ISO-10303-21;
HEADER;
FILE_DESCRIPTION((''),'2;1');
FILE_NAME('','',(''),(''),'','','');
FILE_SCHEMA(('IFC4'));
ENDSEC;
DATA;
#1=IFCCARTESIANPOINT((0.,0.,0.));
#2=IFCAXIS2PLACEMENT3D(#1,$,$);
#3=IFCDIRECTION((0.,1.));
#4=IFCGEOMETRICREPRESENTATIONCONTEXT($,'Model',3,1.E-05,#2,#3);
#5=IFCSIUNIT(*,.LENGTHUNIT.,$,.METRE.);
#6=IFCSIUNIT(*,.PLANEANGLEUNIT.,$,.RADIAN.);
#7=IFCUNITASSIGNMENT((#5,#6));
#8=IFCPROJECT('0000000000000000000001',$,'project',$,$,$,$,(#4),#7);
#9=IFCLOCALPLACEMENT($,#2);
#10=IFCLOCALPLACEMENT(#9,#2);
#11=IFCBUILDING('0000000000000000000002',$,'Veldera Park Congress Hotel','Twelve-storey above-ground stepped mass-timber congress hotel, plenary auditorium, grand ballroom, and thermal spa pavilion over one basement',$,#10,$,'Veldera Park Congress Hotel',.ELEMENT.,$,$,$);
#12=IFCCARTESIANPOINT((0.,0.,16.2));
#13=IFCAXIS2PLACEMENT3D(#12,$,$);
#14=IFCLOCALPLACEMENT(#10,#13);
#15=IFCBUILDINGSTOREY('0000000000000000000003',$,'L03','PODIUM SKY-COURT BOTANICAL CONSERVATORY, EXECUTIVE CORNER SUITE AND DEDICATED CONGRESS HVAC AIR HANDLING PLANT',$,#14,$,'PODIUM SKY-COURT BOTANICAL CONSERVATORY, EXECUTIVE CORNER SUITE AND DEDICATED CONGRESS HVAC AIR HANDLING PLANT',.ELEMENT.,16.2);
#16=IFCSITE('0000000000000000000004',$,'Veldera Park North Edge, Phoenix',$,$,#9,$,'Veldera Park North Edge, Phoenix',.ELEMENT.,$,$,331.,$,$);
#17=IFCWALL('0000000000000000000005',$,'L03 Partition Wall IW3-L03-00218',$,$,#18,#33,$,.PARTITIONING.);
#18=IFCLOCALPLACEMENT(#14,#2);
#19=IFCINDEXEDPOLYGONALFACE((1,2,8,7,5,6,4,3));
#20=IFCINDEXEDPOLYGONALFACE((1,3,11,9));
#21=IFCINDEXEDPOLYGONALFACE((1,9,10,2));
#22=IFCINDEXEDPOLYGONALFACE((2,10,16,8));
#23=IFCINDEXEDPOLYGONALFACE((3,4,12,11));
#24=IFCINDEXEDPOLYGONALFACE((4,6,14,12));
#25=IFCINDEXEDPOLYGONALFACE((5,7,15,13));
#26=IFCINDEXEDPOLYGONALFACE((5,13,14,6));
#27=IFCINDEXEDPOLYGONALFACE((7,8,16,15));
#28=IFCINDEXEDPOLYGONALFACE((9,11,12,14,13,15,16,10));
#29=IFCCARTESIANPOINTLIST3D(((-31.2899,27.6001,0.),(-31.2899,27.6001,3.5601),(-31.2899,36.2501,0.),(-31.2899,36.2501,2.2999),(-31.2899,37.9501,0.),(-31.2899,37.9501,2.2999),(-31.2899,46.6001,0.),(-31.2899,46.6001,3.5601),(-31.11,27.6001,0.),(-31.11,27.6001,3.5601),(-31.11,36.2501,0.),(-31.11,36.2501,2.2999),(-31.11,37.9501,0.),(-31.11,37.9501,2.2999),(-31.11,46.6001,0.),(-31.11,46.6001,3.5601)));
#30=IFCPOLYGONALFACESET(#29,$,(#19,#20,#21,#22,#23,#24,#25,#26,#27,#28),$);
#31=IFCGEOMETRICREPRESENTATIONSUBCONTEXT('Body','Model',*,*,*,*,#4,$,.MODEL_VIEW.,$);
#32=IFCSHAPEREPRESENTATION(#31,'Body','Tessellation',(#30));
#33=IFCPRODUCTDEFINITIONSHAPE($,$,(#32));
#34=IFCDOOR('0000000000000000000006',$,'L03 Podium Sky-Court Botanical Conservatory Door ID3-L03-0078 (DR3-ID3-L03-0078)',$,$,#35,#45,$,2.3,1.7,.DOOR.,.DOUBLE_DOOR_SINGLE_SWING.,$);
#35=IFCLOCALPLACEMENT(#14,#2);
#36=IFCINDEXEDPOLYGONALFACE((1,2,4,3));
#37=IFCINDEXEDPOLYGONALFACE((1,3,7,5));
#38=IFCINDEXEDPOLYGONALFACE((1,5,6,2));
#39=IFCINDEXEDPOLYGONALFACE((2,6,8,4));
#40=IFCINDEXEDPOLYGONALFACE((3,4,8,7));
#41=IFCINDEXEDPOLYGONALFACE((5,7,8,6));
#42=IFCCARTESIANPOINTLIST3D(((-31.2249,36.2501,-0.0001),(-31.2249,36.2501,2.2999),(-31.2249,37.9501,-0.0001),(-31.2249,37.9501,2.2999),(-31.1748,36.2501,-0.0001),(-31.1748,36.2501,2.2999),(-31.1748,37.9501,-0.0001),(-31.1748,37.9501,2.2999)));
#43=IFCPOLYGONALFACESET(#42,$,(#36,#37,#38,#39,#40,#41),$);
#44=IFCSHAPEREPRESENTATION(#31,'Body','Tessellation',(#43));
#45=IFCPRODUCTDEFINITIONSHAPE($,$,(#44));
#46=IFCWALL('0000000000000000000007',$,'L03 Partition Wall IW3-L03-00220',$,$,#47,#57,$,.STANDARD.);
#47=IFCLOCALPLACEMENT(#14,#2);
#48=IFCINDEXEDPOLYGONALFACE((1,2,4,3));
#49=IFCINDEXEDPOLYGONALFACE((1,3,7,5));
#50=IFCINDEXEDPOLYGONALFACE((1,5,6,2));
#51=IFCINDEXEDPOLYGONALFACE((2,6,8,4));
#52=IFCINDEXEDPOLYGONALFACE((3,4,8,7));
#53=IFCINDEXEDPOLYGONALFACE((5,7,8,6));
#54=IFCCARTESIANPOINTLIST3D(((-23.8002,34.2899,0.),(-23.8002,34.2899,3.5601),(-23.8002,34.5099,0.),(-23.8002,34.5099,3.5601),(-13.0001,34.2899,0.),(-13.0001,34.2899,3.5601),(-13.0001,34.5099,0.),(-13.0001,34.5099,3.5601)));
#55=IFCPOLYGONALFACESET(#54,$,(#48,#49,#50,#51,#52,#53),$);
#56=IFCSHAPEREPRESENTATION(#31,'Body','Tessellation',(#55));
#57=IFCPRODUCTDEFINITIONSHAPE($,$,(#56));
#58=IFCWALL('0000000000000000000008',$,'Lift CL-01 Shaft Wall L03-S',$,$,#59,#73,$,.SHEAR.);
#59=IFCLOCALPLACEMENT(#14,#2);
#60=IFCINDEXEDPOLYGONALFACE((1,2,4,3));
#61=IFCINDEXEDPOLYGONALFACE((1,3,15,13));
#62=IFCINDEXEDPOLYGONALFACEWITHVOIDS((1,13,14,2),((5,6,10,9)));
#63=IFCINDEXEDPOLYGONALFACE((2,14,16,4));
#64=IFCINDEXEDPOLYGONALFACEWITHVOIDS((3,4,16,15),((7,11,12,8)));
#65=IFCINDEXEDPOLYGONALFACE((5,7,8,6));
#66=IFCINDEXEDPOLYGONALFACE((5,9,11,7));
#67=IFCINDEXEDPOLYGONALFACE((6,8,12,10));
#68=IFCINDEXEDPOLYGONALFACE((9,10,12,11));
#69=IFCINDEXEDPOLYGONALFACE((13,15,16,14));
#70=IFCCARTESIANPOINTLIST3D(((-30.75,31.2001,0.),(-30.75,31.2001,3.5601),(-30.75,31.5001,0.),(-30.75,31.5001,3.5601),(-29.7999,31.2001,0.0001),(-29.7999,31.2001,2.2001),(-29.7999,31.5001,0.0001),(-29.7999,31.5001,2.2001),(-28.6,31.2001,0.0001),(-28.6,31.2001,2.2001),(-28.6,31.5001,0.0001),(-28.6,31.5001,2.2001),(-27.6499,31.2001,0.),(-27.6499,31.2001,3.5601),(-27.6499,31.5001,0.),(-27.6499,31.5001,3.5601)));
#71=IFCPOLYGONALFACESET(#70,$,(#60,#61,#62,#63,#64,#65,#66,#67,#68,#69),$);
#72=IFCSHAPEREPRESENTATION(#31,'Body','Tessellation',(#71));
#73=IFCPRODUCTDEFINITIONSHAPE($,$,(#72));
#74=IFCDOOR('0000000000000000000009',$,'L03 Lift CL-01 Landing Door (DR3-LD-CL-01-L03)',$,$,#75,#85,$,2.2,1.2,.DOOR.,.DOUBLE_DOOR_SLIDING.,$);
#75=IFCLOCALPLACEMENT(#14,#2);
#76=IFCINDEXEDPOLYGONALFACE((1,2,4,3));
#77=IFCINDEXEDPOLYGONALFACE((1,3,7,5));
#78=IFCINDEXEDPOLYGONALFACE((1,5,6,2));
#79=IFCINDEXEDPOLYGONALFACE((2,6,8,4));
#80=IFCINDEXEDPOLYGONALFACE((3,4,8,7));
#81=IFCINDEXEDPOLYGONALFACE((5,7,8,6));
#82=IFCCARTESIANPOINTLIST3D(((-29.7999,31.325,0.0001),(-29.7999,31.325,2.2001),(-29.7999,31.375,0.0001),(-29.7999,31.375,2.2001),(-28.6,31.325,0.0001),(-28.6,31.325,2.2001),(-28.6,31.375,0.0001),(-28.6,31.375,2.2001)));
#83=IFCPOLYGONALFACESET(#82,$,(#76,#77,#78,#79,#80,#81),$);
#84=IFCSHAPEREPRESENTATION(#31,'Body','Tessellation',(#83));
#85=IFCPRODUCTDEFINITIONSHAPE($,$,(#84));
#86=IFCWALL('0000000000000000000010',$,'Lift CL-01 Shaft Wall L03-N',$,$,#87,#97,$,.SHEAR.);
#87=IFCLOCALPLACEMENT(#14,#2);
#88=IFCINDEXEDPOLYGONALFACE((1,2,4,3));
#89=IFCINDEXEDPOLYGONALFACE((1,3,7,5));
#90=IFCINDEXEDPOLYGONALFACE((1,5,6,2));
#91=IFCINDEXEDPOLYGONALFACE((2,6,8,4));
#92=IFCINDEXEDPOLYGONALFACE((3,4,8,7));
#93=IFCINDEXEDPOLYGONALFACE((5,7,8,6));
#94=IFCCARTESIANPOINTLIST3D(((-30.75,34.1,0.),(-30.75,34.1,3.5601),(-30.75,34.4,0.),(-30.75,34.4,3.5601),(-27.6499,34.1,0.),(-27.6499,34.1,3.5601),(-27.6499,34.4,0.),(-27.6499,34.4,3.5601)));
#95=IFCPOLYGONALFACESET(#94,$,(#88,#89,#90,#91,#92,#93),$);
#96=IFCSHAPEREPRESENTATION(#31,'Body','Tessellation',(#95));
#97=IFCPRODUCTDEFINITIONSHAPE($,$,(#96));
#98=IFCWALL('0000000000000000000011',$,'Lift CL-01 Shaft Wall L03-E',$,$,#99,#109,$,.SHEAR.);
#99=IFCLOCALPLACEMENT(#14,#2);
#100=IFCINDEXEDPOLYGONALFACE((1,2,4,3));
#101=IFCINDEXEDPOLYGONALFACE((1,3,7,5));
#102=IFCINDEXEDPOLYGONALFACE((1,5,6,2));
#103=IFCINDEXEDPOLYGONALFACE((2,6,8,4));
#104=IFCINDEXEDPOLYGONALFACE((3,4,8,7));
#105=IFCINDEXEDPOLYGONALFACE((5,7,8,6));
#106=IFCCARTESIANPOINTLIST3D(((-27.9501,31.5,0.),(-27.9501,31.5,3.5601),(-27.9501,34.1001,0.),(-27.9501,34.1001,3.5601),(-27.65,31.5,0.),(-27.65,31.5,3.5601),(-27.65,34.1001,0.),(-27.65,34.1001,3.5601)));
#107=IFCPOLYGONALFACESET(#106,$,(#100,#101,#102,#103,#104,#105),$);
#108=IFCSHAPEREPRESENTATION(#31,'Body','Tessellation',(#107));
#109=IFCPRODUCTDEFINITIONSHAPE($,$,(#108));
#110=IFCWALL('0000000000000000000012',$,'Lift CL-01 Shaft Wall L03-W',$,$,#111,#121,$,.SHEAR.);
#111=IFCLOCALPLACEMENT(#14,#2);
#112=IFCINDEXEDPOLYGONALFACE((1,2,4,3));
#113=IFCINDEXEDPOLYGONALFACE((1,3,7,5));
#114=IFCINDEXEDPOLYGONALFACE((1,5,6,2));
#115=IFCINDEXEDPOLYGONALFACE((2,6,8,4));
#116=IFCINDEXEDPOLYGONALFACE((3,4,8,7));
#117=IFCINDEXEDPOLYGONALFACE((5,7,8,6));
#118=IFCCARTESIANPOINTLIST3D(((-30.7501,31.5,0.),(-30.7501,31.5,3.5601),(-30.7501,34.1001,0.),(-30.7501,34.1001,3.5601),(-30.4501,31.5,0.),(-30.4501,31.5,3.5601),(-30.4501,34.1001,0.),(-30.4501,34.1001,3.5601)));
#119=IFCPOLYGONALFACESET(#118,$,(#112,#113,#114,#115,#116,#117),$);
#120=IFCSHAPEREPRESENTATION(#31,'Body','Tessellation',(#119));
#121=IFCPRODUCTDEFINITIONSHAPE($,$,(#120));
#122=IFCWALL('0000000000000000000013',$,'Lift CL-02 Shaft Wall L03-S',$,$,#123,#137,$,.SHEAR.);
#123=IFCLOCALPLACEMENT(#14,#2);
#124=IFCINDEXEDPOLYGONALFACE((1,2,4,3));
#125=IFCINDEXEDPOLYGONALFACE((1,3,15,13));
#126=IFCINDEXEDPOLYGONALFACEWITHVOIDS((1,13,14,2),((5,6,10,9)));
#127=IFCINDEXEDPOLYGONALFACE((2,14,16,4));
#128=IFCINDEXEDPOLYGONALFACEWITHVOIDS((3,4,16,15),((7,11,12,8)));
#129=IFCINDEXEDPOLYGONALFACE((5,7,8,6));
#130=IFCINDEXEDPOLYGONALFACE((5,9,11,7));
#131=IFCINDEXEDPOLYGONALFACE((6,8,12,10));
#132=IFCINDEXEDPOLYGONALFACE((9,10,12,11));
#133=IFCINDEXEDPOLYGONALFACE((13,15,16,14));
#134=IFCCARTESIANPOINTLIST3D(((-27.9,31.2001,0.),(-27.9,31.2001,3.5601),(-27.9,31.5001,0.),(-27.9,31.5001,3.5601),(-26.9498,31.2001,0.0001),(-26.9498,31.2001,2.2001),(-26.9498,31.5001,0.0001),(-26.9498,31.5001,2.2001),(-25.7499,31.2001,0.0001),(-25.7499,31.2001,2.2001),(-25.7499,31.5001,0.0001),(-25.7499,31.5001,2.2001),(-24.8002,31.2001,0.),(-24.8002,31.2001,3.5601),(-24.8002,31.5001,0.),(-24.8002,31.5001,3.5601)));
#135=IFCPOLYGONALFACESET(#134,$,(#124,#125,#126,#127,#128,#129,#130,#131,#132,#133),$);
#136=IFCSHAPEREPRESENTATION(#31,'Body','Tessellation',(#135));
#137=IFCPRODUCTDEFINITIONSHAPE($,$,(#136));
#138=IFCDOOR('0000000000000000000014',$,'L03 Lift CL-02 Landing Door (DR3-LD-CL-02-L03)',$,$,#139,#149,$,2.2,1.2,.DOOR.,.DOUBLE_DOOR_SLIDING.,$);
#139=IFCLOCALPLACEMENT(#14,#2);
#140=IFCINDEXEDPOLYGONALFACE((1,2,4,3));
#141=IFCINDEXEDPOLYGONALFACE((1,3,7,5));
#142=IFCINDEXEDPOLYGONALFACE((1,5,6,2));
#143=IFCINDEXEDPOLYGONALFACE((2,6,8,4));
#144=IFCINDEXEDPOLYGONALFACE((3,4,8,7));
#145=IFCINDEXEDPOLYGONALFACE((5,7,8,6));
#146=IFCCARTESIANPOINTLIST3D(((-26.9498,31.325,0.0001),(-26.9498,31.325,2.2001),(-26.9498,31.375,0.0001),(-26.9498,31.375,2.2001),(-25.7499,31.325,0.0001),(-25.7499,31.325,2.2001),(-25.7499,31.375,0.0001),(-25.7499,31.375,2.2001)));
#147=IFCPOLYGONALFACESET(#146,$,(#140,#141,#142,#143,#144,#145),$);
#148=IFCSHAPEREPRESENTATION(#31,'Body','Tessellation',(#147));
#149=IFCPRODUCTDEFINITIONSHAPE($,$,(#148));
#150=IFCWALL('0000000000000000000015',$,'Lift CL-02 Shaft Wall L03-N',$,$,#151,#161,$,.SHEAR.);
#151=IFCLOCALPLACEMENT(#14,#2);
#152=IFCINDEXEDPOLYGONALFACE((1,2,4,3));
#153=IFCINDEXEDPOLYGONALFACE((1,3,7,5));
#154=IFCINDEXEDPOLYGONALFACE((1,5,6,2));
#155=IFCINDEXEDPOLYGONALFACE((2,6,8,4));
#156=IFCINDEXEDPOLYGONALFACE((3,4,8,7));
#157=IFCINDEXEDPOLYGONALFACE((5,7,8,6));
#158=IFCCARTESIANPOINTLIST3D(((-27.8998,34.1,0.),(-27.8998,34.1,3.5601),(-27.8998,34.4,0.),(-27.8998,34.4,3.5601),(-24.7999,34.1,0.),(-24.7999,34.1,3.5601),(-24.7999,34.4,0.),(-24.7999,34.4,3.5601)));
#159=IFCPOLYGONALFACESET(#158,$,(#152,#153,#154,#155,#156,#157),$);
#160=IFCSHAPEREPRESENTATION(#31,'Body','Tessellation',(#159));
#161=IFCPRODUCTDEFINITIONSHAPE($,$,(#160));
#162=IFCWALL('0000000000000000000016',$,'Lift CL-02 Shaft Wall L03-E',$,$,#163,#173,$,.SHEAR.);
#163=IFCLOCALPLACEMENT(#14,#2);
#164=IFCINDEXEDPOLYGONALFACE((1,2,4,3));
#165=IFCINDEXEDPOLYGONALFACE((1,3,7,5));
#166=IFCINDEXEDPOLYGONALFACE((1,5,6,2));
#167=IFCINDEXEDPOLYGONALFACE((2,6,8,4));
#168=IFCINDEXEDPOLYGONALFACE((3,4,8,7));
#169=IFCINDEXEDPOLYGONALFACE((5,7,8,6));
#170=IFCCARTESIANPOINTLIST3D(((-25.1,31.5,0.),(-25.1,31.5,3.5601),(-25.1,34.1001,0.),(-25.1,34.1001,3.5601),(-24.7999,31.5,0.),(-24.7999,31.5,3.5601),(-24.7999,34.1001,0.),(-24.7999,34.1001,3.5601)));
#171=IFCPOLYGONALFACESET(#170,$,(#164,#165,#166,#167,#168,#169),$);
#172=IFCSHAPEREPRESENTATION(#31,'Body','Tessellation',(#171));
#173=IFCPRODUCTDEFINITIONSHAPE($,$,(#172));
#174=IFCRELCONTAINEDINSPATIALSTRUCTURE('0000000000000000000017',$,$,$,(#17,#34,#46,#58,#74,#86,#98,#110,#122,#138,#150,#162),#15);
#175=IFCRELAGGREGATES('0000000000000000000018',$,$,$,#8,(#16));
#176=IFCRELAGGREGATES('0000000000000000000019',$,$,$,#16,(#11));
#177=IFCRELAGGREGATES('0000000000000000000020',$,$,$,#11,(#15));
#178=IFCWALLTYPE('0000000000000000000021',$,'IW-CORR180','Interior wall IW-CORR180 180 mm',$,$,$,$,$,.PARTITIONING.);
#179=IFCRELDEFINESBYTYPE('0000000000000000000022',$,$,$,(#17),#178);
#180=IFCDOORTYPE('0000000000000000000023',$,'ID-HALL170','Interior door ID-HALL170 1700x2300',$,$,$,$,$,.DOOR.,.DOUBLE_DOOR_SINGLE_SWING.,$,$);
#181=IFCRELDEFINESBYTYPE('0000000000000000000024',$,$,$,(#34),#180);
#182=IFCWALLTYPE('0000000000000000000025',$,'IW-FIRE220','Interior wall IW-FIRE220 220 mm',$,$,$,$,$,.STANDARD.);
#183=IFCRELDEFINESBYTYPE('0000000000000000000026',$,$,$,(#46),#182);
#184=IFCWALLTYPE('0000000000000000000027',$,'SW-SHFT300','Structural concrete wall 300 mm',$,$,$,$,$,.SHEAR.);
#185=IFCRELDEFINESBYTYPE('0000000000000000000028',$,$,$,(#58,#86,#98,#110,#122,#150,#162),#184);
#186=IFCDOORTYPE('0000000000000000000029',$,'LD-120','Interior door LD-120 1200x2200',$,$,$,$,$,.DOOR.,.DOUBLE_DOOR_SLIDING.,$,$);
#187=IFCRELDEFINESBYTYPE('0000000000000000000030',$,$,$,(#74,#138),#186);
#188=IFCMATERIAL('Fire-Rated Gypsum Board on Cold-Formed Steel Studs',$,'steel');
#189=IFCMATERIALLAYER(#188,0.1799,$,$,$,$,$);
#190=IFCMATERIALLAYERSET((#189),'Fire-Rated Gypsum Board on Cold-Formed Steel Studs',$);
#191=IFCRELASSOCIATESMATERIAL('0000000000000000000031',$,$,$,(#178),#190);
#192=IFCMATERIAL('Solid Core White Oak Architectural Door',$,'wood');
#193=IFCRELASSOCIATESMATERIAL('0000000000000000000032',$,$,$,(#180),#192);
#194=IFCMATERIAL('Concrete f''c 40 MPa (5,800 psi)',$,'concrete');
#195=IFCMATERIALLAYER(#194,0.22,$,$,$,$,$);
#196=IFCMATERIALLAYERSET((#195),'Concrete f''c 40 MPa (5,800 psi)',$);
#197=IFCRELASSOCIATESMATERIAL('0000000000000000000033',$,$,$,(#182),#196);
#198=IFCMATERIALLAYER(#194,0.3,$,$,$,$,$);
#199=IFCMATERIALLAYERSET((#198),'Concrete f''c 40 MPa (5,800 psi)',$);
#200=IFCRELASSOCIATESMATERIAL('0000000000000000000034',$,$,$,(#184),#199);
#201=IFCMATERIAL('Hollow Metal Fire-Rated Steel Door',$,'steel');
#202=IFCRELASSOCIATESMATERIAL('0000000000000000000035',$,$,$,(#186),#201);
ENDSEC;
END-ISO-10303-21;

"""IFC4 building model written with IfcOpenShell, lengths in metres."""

from ifc_helpers import new_model, si_unit, direction, frame, frame_2d, origin, place, context, subcontext, project, spatial, rectangle, extrude, material, layer, layer_set, type_object, element, fill, save


model = new_model("IFC4")

# Units and contexts
model_context = context("Model", 3, precision=1e-05, world=origin(), true_north=direction((0.0, 1.0)))
body_context = subcontext(model_context, "Body", "Model", "MODEL_VIEW")
ifc_project = project(units=[si_unit("LENGTHUNIT", "METRE"), si_unit("PLANEANGLEUNIT", "RADIAN")], contexts=[model_context])

# Site, building, storey
site_placement = place(None, origin())
site = spatial("IfcSite", under=ifc_project, at=site_placement, Name="Veldera Park North Edge, Phoenix", LongName="Veldera Park North Edge, Phoenix", CompositionType="ELEMENT", RefElevation=331.0)
building_placement = place(site_placement, origin())
building = spatial("IfcBuilding", under=site, at=building_placement, Name="Veldera Park Congress Hotel", Description="Twelve-storey above-ground stepped mass-timber congress hotel, plenary auditorium, grand ballroom, and thermal spa pavilion over one basement", LongName="Veldera Park Congress Hotel", CompositionType="ELEMENT")
storey_placement = place(building_placement, frame((0.0, 0.0, 16.2)))
storey = spatial("IfcBuildingStorey", under=building, at=storey_placement, Name="L03", Description="PODIUM SKY-COURT BOTANICAL CONSERVATORY, EXECUTIVE CORNER SUITE AND DEDICATED CONGRESS HVAC AIR HANDLING PLANT", LongName="PODIUM SKY-COURT BOTANICAL CONSERVATORY, EXECUTIVE CORNER SUITE AND DEDICATED CONGRESS HVAC AIR HANDLING PLANT", CompositionType="ELEMENT", Elevation=16.2)

# Wall, opening, door
ifc_material_1 = material(Name="Fire-Rated Gypsum Board on Cold-Formed Steel Studs", Category="steel")
ifc_layer_1 = layer(ifc_material_1, 0.1799)
ifc_layer_set_1 = layer_set([ifc_layer_1], Name="Fire-Rated Gypsum Board on Cold-Formed Steel Studs")
wall_type_1 = type_object("IfcWallType", Name="IW-CORR180", Description="Interior wall IW-CORR180 180 mm", PredefinedType="PARTITIONING", material=ifc_layer_set_1)
wall_1_placement = place(storey_placement, frame((-31.2, 27.6001, 0.0), z_axis=(0.0, 0.0, 1.0), x_axis=(0.0, 1.0, 0.0)))
wall_1 = element("IfcWall", 1, at=wall_1_placement, inside=storey, type_object=wall_type_1, Name="L03 Partition Wall IW3-L03-00218", PredefinedType="PARTITIONING", context=body_context, shape_type="SweptSolid", body=[
    extrude(rectangle(XDim=19.0, YDim=0.1799, at=frame_2d((9.5, 0.0))), origin(), (0.0, 0.0, 1.0), 3.5601),
])
opening_1_placement = place(wall_1_placement, frame((8.6499, 0.0, 0.0)))
opening_1 = element("IfcOpeningElement", 2, at=opening_1_placement, cuts=wall_1, PredefinedType="OPENING", context=body_context, shape_type="SweptSolid", body=[
    extrude(rectangle(XDim=1.7, YDim=2.3, at=frame_2d((0.8501, 1.1499))), frame((0.0, 0.1021, 0.0), z_axis=(0.0, -1.0, 0.0), x_axis=(1.0, 0.0, 0.0)), (0.0, 0.0, 1.0), 0.2039),
])
ifc_material_2 = material(Name="Solid Core White Oak Architectural Door", Category="wood")
door_type_1 = type_object("IfcDoorType", Name="ID-HALL170", Description="Interior door ID-HALL170 1700x2300", OperationType="DOUBLE_DOOR_SINGLE_SWING", PredefinedType="DOOR", material=ifc_material_2)
door_1_placement = place(opening_1_placement, origin())
door_1 = element("IfcDoor", 3, at=door_1_placement, inside=storey, type_object=door_type_1, Name="L03 Podium Sky-Court Botanical Conservatory Door ID3-L03-0078 (DR3-ID3-L03-0078)", OperationType="DOUBLE_DOOR_SINGLE_SWING", OverallHeight=2.3, OverallWidth=1.7, PredefinedType="DOOR", context=body_context, shape_type="SweptSolid", body=[
    extrude(rectangle(XDim=1.7, YDim=2.3, at=frame_2d((0.8501, 1.1499))), frame((0.0, 0.0249, 0.0), z_axis=(0.0, -1.0, 0.0), x_axis=(1.0, 0.0, 0.0)), (0.0, 0.0, 1.0), 0.05),
])
fill(opening_1, door_1)

# Wall
ifc_material_3 = material(Name="Concrete f'c 40 MPa (5,800 psi)", Category="concrete")
ifc_layer_2 = layer(ifc_material_3, 0.22)
ifc_layer_set_2 = layer_set([ifc_layer_2], Name="Concrete f'c 40 MPa (5,800 psi)")
wall_type_2 = type_object("IfcWallType", Name="IW-FIRE220", Description="Interior wall IW-FIRE220 220 mm", PredefinedType="STANDARD", material=ifc_layer_set_2)
wall_2_placement = place(storey_placement, frame((-23.8, 34.3999, 0.0), z_axis=(0.0, 0.0, 1.0), x_axis=(1.0, 0.0, 0.0)))
element("IfcWall", 4, at=wall_2_placement, inside=storey, type_object=wall_type_2, Name="L03 Partition Wall IW3-L03-00220", PredefinedType="STANDARD", context=body_context, shape_type="SweptSolid", body=[
    extrude(rectangle(XDim=10.8, YDim=0.22, at=frame_2d((5.3999, 0.0))), origin(), (0.0, 0.0, 1.0), 3.5601),
])

# Wall, opening, door
ifc_layer_3 = layer(ifc_material_3, 0.3)
ifc_layer_set_3 = layer_set([ifc_layer_3], Name="Concrete f'c 40 MPa (5,800 psi)")
wall_type_3 = type_object("IfcWallType", Name="SW-SHFT300", Description="Structural concrete wall 300 mm", PredefinedType="SHEAR", material=ifc_layer_set_3)
wall_3_placement = place(storey_placement, frame((-30.75, 31.3501, 0.0), z_axis=(0.0, 0.0, 1.0), x_axis=(1.0, 0.0, 0.0)))
wall_3 = element("IfcWall", 5, at=wall_3_placement, inside=storey, type_object=wall_type_3, Name="Lift CL-01 Shaft Wall L03-S", PredefinedType="SHEAR", context=body_context, shape_type="SweptSolid", body=[
    extrude(rectangle(XDim=3.1001, YDim=0.3, at=frame_2d((1.55, 0.0))), origin(), (0.0, 0.0, 1.0), 3.5601),
])
opening_2_placement = place(wall_3_placement, frame((0.95, 0.0, 0.0)))
opening_2 = element("IfcOpeningElement", 6, at=opening_2_placement, cuts=wall_3, PredefinedType="OPENING", context=body_context, shape_type="SweptSolid", body=[
    extrude(rectangle(XDim=1.2, YDim=2.2, at=frame_2d((0.6001, 1.1001))), frame((0.0, 0.1621, 0.0), z_axis=(0.0, -1.0, 0.0), x_axis=(1.0, 0.0, 0.0)), (0.0, 0.0, 1.0), 0.324),
])
ifc_material_4 = material(Name="Hollow Metal Fire-Rated Steel Door", Category="steel")
door_type_2 = type_object("IfcDoorType", Name="LD-120", Description="Interior door LD-120 1200x2200", OperationType="DOUBLE_DOOR_SLIDING", PredefinedType="DOOR", material=ifc_material_4)
door_2_placement = place(opening_2_placement, origin())
door_2 = element("IfcDoor", 7, at=door_2_placement, inside=storey, type_object=door_type_2, Name="L03 Lift CL-01 Landing Door (DR3-LD-CL-01-L03)", OperationType="DOUBLE_DOOR_SLIDING", OverallHeight=2.2, OverallWidth=1.2, PredefinedType="DOOR", context=body_context, shape_type="SweptSolid", body=[
    extrude(rectangle(XDim=1.2, YDim=2.2, at=frame_2d((0.6001, 1.1001))), frame((0.0, 0.0249, 0.0), z_axis=(0.0, -1.0, 0.0), x_axis=(1.0, 0.0, 0.0)), (0.0, 0.0, 1.0), 0.05),
])
fill(opening_2, door_2)

# Walls
wall_4_placement = place(storey_placement, frame((-27.6499, 34.25, 0.0), z_axis=(0.0, 0.0, 1.0), x_axis=(-1.0, 0.0, 0.0)))
element("IfcWall", 8, at=wall_4_placement, inside=storey, type_object=wall_type_3, Name="Lift CL-01 Shaft Wall L03-N", PredefinedType="SHEAR", context=body_context, shape_type="SweptSolid", body=[
    extrude(rectangle(XDim=3.1001, YDim=0.3, at=frame_2d((1.55, 0.0))), origin(), (0.0, 0.0, 1.0), 3.5601),
])
for number, where, z_axis, x_axis, name in (
    (9, (-27.8, 31.5, 0.0), (0.0, 0.0, 1.0), (0.0, 1.0, 0.0), "Lift CL-01 Shaft Wall L03-E"),
    (10, (-30.6001, 34.1001, 0.0), (0.0, 0.0, 1.0), (0.0, -1.0, 0.0), "Lift CL-01 Shaft Wall L03-W"),
):
    element("IfcWall", number, at=place(storey_placement, frame(where, z_axis=z_axis, x_axis=x_axis)), inside=storey, type_object=wall_type_3, Name=name, PredefinedType="SHEAR", context=body_context, shape_type="SweptSolid", body=[
        extrude(rectangle(XDim=2.6001, YDim=0.3, at=frame_2d((1.3, 0.0))), origin(), (0.0, 0.0, 1.0), 3.5601),
    ])

# Wall, opening, door
wall_5_placement = place(storey_placement, frame((-27.8999, 31.3501, 0.0), z_axis=(0.0, 0.0, 1.0), x_axis=(1.0, 0.0, 0.0)))
wall_5 = element("IfcWall", 11, at=wall_5_placement, inside=storey, type_object=wall_type_3, Name="Lift CL-02 Shaft Wall L03-S", PredefinedType="SHEAR", context=body_context, shape_type="SweptSolid", body=[
    extrude(rectangle(XDim=3.0999, YDim=0.3, at=frame_2d((1.5498, 0.0))), origin(), (0.0, 0.0, 1.0), 3.5601),
])
opening_3_placement = place(wall_5_placement, frame((0.95, 0.0, 0.0)))
opening_3 = element("IfcOpeningElement", 12, at=opening_3_placement, cuts=wall_5, PredefinedType="OPENING", context=body_context, shape_type="SweptSolid", body=[
    extrude(rectangle(XDim=1.2, YDim=2.2, at=frame_2d((0.6001, 1.1001))), frame((0.0, 0.1621, 0.0), z_axis=(0.0, -1.0, 0.0), x_axis=(1.0, 0.0, 0.0)), (0.0, 0.0, 1.0), 0.324),
])
door_3_placement = place(opening_3_placement, origin())
door_3 = element("IfcDoor", 13, at=door_3_placement, inside=storey, type_object=door_type_2, Name="L03 Lift CL-02 Landing Door (DR3-LD-CL-02-L03)", OperationType="DOUBLE_DOOR_SLIDING", OverallHeight=2.2, OverallWidth=1.2, PredefinedType="DOOR", context=body_context, shape_type="SweptSolid", body=[
    extrude(rectangle(XDim=1.2, YDim=2.2, at=frame_2d((0.6001, 1.1001))), frame((0.0, 0.0249, 0.0), z_axis=(0.0, -1.0, 0.0), x_axis=(1.0, 0.0, 0.0)), (0.0, 0.0, 1.0), 0.05),
])
fill(opening_3, door_3)

# Walls
wall_6_placement = place(storey_placement, frame((-24.8, 34.25, 0.0), z_axis=(0.0, 0.0, 1.0), x_axis=(-1.0, 0.0, 0.0)))
element("IfcWall", 14, at=wall_6_placement, inside=storey, type_object=wall_type_3, Name="Lift CL-02 Shaft Wall L03-N", PredefinedType="SHEAR", context=body_context, shape_type="SweptSolid", body=[
    extrude(rectangle(XDim=3.0999, YDim=0.3, at=frame_2d((1.5498, 0.0))), origin(), (0.0, 0.0, 1.0), 3.5601),
])
wall_7_placement = place(storey_placement, frame((-24.95, 31.5, 0.0), z_axis=(0.0, 0.0, 1.0), x_axis=(0.0, 1.0, 0.0)))
element("IfcWall", 15, at=wall_7_placement, inside=storey, type_object=wall_type_3, Name="Lift CL-02 Shaft Wall L03-E", PredefinedType="SHEAR", context=body_context, shape_type="SweptSolid", body=[
    extrude(rectangle(XDim=2.6001, YDim=0.3, at=frame_2d((1.3, 0.0))), origin(), (0.0, 0.0, 1.0), 3.5601),
])

save(model, "model.ifc")
